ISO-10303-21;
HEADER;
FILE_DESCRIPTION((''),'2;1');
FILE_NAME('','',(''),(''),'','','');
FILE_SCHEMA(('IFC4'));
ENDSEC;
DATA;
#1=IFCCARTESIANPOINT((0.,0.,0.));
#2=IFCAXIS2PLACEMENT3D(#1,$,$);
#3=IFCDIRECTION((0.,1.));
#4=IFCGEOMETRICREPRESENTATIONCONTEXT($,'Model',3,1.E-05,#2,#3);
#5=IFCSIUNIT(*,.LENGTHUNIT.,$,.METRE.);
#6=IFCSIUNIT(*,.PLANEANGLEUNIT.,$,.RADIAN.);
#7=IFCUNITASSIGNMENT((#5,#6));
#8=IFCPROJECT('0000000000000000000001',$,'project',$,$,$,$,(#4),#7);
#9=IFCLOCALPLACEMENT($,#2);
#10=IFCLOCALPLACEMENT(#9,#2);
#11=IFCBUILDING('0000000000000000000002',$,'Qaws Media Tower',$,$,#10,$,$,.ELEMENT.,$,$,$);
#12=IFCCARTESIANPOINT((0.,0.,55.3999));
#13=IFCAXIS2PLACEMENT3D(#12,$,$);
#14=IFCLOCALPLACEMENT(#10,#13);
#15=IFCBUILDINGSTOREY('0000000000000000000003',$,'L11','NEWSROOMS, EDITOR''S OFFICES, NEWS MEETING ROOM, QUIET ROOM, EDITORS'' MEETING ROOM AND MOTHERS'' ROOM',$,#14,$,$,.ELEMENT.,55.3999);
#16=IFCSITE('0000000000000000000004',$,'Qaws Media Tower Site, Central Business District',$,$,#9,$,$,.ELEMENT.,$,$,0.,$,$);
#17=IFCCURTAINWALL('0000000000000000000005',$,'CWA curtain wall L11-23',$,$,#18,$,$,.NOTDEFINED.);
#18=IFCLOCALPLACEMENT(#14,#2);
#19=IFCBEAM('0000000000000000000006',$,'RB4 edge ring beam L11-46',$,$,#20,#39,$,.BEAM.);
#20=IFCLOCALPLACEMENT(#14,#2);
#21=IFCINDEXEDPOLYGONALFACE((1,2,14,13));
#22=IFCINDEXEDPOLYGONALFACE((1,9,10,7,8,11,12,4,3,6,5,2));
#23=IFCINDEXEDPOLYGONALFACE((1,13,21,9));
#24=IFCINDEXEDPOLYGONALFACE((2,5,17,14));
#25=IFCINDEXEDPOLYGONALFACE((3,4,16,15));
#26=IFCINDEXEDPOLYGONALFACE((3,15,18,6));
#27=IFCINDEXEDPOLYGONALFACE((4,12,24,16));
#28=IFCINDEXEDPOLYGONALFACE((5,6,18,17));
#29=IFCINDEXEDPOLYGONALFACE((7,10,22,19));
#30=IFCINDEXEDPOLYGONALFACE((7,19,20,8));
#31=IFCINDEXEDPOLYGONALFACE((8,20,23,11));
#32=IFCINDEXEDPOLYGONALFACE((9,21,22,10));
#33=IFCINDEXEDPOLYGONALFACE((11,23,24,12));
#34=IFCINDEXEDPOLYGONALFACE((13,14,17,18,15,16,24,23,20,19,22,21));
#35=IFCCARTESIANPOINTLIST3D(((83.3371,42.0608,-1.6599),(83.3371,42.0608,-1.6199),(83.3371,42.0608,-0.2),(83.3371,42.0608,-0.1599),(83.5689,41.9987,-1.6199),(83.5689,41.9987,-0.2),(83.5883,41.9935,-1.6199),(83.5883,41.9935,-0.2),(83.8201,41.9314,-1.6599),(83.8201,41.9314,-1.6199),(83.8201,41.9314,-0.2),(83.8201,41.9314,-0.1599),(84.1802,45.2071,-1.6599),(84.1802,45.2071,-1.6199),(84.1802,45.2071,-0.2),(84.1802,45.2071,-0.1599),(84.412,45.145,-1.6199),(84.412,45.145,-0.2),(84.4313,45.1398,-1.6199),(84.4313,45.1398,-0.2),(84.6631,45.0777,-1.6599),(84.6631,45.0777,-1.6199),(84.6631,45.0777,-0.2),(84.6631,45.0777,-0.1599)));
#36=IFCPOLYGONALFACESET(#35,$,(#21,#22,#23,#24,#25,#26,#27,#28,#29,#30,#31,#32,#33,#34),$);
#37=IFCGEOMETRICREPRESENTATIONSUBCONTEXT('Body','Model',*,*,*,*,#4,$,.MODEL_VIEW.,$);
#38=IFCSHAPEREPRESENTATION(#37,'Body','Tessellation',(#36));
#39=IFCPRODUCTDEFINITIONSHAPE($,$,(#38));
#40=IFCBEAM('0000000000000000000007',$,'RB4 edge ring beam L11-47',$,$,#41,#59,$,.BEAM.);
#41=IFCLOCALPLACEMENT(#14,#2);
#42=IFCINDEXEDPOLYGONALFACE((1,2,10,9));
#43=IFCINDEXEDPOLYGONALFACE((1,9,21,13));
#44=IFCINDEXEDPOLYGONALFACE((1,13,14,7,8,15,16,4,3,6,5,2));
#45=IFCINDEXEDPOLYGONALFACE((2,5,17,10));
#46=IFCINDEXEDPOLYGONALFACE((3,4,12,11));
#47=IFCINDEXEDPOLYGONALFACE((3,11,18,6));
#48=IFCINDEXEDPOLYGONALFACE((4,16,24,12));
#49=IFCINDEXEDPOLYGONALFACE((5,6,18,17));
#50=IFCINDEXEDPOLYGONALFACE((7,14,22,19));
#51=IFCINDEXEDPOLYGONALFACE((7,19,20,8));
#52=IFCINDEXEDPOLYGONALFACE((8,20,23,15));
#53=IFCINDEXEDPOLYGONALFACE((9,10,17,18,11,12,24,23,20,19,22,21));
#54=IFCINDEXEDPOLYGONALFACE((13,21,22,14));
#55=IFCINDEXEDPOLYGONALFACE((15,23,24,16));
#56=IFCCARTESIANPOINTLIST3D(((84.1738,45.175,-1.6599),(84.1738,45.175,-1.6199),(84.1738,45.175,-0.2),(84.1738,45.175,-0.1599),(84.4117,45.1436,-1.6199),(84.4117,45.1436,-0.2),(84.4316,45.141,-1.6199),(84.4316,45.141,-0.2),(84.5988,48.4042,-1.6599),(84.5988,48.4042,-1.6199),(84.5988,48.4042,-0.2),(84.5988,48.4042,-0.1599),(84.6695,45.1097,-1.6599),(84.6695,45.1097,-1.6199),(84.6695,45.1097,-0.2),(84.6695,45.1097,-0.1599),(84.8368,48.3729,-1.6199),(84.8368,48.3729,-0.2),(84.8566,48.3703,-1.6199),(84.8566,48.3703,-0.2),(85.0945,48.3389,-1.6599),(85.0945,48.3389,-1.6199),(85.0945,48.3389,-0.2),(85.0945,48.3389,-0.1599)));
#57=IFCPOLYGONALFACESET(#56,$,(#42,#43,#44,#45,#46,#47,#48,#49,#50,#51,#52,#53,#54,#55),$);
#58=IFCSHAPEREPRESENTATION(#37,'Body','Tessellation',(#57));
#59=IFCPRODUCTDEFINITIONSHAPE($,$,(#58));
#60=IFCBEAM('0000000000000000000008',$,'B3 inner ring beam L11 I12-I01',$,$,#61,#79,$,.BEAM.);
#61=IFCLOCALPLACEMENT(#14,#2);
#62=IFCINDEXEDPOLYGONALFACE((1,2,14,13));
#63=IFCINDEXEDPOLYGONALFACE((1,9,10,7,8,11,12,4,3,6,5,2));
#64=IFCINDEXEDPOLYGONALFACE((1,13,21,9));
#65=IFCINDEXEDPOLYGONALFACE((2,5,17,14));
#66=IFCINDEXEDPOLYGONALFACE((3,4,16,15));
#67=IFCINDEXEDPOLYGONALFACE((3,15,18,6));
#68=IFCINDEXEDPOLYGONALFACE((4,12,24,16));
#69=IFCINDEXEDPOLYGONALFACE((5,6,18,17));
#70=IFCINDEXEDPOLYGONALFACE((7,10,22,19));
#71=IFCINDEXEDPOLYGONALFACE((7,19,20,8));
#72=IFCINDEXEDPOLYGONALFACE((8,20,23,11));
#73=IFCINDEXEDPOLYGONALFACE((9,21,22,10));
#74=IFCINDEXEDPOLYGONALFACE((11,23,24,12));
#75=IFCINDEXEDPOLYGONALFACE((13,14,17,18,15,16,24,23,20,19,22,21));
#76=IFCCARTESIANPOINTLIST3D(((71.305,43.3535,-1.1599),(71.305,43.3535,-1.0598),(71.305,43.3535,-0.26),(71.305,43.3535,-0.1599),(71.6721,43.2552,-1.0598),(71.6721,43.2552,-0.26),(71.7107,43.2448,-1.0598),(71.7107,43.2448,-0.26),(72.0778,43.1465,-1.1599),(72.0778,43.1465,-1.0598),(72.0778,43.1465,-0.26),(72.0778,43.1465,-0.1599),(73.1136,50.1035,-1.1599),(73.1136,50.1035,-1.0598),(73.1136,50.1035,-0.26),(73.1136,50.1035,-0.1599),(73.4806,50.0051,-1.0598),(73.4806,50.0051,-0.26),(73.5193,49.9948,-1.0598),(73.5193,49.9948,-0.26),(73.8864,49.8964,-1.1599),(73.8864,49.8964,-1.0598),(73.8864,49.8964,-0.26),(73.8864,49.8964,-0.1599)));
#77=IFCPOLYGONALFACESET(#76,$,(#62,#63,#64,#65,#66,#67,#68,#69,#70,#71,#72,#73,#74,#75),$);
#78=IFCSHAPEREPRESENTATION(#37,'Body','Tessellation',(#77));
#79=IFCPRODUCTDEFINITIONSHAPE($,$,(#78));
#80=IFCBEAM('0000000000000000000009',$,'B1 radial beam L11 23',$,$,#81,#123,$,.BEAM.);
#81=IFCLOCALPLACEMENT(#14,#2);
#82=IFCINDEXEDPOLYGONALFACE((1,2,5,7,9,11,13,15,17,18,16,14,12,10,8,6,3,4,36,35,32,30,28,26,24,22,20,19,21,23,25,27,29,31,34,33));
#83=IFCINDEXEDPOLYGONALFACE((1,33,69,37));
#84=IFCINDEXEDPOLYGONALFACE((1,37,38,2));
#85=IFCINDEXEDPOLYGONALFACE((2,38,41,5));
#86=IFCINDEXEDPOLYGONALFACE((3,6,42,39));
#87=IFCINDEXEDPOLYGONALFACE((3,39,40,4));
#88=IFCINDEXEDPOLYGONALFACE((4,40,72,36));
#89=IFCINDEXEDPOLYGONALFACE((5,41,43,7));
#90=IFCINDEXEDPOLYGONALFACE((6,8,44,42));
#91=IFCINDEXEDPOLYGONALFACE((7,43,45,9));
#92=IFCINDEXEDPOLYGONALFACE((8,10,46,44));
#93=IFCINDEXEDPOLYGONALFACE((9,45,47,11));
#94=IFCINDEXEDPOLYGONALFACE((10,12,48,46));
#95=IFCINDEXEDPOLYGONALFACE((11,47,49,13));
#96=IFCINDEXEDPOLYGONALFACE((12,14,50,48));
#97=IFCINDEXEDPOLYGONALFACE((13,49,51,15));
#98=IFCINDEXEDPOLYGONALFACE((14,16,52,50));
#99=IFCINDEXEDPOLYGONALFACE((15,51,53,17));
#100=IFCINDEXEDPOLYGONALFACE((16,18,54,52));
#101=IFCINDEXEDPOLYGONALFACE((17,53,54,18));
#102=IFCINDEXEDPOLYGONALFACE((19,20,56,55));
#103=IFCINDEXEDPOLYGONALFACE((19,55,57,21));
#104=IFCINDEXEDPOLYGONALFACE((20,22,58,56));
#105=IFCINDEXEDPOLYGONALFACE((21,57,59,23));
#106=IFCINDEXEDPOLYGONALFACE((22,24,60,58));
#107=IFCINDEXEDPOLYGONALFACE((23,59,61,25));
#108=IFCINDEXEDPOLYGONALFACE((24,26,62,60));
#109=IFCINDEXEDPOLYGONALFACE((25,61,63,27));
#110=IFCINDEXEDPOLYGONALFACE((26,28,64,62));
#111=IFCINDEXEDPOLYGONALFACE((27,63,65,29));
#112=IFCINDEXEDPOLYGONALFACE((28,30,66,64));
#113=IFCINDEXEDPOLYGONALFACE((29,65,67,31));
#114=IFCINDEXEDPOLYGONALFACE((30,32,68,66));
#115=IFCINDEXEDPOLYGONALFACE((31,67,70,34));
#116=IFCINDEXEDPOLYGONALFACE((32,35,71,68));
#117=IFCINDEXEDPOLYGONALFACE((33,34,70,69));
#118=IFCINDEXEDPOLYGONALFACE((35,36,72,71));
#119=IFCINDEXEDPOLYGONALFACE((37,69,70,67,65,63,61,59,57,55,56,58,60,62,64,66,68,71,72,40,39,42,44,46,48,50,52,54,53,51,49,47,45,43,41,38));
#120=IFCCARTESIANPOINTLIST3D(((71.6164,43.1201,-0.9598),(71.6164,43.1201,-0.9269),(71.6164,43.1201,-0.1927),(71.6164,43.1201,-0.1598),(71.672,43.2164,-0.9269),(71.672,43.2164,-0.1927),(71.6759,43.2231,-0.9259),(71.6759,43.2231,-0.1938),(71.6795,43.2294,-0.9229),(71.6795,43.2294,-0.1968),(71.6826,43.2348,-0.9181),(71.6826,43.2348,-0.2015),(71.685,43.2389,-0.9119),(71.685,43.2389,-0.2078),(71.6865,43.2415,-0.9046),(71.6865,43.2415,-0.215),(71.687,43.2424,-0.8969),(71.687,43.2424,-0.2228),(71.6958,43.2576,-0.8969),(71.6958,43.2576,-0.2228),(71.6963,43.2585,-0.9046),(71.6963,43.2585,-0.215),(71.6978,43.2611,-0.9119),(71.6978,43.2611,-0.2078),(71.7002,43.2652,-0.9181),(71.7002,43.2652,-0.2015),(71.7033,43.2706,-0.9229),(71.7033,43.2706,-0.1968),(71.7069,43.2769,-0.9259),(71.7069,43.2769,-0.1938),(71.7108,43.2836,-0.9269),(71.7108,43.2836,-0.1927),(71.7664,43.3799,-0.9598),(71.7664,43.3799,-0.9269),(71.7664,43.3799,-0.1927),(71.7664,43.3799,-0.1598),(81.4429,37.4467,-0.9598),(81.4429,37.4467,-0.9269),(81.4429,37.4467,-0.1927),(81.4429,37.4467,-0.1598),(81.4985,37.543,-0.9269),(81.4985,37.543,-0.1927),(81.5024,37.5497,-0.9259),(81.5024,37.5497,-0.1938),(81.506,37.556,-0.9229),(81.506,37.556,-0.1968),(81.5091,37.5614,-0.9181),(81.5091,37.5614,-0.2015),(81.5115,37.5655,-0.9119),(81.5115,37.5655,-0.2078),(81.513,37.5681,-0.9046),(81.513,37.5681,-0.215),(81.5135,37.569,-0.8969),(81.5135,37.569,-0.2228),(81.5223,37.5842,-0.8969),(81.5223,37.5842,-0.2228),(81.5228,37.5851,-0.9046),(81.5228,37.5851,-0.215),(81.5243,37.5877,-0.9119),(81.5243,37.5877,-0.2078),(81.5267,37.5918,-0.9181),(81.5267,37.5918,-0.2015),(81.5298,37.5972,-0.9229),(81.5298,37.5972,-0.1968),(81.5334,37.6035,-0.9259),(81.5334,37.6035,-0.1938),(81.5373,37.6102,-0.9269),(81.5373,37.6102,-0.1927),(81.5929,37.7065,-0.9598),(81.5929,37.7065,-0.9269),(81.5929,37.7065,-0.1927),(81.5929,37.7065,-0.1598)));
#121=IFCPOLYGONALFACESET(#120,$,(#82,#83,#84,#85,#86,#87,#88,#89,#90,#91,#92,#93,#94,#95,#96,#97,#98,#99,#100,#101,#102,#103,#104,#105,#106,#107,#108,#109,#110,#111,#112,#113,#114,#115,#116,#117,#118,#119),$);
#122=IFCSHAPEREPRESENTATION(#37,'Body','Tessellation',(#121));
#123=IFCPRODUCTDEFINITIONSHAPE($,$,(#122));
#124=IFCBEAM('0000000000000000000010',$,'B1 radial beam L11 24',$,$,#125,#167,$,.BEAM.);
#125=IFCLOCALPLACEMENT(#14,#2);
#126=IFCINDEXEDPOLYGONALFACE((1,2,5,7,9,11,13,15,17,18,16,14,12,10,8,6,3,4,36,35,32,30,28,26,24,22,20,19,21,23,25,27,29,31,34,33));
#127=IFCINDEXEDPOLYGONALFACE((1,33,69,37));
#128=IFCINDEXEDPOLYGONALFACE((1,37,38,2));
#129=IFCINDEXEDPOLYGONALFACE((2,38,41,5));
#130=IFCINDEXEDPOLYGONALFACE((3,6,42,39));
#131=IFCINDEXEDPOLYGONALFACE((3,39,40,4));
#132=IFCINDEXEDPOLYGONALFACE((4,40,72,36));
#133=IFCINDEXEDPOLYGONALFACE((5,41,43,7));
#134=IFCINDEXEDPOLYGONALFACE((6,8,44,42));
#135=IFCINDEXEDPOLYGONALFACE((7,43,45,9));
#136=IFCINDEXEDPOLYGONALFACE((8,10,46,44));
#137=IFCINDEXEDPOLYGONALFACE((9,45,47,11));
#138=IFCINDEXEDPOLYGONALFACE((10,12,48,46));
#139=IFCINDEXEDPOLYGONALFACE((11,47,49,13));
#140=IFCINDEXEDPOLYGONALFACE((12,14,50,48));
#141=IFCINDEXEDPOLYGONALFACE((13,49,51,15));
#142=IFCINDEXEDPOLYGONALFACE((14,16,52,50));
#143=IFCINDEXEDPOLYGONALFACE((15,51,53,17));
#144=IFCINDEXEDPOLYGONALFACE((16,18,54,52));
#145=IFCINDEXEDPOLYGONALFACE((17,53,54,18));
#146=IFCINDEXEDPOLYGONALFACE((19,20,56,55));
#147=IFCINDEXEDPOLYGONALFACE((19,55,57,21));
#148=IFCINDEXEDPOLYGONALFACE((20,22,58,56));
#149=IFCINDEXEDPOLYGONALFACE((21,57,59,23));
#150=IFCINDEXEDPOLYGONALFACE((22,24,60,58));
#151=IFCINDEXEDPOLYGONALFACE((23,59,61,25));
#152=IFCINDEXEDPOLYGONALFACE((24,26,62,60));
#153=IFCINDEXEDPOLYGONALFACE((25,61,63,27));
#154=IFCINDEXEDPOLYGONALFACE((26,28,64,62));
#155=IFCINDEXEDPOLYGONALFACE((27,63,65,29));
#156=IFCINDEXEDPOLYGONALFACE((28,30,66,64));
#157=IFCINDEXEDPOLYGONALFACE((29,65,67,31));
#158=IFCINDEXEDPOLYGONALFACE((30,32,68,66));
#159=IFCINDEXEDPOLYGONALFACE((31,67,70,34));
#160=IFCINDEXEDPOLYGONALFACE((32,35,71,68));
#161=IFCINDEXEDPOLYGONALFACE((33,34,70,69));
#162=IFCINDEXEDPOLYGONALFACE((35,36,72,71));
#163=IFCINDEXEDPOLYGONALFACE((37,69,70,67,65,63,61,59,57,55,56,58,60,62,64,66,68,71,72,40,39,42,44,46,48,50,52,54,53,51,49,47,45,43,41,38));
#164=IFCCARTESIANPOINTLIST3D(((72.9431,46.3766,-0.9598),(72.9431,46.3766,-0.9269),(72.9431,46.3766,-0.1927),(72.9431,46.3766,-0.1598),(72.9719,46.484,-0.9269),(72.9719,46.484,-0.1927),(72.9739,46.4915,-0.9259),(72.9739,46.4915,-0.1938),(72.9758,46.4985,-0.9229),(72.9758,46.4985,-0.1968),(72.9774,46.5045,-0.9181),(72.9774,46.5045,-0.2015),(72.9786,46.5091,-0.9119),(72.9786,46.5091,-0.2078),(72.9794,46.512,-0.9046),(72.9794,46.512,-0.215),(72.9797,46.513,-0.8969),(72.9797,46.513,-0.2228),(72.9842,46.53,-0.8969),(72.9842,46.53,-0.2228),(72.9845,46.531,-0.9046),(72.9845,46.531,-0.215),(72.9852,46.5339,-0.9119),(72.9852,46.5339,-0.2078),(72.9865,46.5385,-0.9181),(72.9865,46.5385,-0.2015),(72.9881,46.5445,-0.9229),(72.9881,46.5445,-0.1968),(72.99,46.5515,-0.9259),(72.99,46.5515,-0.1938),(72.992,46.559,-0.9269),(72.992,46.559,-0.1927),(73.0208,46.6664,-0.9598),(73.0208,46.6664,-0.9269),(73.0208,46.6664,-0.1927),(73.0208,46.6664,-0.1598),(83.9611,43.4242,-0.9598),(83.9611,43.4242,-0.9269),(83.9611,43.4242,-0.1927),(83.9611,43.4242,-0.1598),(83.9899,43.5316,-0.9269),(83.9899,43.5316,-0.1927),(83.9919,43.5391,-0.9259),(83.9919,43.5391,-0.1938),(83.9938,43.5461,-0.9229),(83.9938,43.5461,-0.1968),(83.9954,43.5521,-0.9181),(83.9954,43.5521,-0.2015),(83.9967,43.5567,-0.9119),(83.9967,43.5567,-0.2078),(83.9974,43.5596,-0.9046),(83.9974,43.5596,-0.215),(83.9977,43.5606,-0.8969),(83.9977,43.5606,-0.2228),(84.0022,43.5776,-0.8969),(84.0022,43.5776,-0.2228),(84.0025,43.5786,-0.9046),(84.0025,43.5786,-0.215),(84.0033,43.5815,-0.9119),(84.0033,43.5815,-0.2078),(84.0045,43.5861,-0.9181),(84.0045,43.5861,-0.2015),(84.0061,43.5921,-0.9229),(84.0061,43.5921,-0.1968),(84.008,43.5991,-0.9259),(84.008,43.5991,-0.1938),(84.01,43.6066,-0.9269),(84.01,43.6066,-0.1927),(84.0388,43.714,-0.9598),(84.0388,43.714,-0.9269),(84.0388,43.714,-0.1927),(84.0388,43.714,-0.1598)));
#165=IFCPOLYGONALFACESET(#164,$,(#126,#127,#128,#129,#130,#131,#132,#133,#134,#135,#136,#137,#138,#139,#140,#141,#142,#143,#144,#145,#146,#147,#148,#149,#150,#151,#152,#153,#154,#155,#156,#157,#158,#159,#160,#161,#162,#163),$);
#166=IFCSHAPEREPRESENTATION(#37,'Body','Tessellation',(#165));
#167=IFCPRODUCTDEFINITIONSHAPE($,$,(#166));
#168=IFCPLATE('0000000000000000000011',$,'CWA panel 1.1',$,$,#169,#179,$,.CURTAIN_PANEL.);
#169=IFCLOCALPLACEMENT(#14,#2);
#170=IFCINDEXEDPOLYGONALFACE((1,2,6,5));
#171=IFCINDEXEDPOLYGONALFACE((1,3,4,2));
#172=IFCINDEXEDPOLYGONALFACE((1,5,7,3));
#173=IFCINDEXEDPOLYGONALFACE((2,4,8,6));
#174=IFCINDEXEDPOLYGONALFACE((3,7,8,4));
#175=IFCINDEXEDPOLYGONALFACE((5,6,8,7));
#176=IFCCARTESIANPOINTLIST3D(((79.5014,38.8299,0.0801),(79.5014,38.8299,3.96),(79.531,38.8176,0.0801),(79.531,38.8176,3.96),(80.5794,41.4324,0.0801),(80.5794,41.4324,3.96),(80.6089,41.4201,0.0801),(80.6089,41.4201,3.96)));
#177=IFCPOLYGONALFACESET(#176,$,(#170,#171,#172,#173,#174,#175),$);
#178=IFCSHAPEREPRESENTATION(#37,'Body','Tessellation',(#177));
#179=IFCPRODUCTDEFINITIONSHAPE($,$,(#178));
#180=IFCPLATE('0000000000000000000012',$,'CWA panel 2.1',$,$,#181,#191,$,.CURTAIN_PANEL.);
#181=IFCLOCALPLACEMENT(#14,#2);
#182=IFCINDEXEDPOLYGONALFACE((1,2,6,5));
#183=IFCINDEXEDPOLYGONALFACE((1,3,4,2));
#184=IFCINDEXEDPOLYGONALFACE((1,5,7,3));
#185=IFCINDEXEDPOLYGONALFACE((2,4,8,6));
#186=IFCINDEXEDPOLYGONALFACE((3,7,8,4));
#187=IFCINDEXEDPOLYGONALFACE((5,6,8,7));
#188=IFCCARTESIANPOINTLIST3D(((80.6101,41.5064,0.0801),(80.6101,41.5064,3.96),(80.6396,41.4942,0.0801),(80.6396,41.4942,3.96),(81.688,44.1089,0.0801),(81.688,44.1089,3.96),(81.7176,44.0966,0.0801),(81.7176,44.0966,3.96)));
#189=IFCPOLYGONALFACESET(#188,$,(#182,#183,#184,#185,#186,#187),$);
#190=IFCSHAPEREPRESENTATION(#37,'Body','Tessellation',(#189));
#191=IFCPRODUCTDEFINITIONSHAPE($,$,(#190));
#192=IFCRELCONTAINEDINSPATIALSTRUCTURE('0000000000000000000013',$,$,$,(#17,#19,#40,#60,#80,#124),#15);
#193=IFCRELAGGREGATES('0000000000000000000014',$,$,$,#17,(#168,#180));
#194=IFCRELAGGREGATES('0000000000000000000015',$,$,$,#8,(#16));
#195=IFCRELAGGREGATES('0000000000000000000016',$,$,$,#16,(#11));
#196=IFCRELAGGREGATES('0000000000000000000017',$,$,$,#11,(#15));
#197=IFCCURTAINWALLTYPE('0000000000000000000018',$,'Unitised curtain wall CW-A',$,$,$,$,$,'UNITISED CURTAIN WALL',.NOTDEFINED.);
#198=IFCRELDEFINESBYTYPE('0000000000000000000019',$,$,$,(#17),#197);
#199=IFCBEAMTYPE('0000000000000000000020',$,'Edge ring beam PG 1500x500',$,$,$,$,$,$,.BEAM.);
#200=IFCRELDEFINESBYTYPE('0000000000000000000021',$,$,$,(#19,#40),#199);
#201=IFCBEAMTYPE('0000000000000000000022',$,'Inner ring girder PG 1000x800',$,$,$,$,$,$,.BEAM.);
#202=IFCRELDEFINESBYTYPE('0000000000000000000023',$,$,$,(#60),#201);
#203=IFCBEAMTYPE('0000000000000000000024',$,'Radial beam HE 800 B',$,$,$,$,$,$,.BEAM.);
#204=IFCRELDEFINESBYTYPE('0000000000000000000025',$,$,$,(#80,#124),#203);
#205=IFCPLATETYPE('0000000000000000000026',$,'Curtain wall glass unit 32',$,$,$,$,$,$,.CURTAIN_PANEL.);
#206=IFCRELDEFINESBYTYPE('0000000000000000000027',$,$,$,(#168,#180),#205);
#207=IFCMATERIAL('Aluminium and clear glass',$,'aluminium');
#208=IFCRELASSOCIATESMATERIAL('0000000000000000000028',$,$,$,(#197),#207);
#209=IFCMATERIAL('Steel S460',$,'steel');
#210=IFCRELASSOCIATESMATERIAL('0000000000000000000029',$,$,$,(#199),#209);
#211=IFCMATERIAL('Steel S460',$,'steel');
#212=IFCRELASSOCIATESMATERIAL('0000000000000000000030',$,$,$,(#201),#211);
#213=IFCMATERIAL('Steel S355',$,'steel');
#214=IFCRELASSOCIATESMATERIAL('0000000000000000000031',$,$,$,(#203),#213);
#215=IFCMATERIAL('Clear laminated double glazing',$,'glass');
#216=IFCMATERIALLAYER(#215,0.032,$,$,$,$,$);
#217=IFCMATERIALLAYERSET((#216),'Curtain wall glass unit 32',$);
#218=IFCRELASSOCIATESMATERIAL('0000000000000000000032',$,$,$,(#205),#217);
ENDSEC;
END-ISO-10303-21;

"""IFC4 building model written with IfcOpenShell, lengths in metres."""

from ifc_helpers import new_model, si_unit, direction, frame, origin, origin_2d, place, context, subcontext, project, spatial, rectangle, i_section, extrude, material, layer, layer_set, material_profile, profile_set, type_object, element, aggregate, save


model = new_model("IFC4")

# Units and contexts
model_context = context("Model", 3, precision=1e-05, world=origin(), true_north=direction((0.0, 1.0)))
body_context = subcontext(model_context, "Body", "Model", "MODEL_VIEW")
ifc_project = project(units=[si_unit("LENGTHUNIT", "METRE"), si_unit("PLANEANGLEUNIT", "RADIAN")], contexts=[model_context])

# Site, building, storey
site_placement = place(None, origin())
site = spatial("IfcSite", under=ifc_project, at=site_placement, Name="Qaws Media Tower Site, Central Business District", CompositionType="ELEMENT", RefElevation=0.0)
building_placement = place(site_placement, origin())
building = spatial("IfcBuilding", under=site, at=building_placement, Name="Qaws Media Tower", CompositionType="ELEMENT")
storey_placement = place(building_placement, frame((0.0, 0.0, 55.3999)))
storey = spatial("IfcBuildingStorey", under=building, at=storey_placement, Name="L11", Description="NEWSROOMS, EDITOR'S OFFICES, NEWS MEETING ROOM, QUIET ROOM, EDITORS' MEETING ROOM AND MOTHERS' ROOM", CompositionType="ELEMENT", Elevation=55.3999)

# Curtain wall
ifc_material_1 = material(Name="Aluminium and clear glass", Category="aluminium")
curtain_wall_type = type_object("IfcCurtainWallType", Name="Unitised curtain wall CW-A", ElementType="UNITISED CURTAIN WALL", PredefinedType="NOTDEFINED", material=ifc_material_1)
curtain_wall_1_placement = place(storey_placement, origin())
curtain_wall_1 = element("IfcCurtainWall", 1, at=curtain_wall_1_placement, inside=storey, type_object=curtain_wall_type, Name="CWA curtain wall L11-23", PredefinedType="NOTDEFINED")

# Beams
ifc_material_2 = material(Name="Steel S460", Category="steel")
ifc_material_profile_1 = material_profile(ifc_material_2, i_section(OverallWidth=0.5, OverallDepth=1.5, WebThickness=0.02, FlangeThickness=0.04, at=origin_2d()), Name="PG 1500x500")
ifc_profile_set_1 = profile_set([ifc_material_profile_1], Name="Steel S460")
beam_type_1 = type_object("IfcBeamType", Name="Edge ring beam PG 1500x500", PredefinedType="BEAM", material=ifc_profile_set_1)
beam_1_placement = place(storey_placement, frame((83.5786, 41.9961, -0.9099), z_axis=(0.258815, 0.965927, 0.0), x_axis=(-0.965927, 0.258815, 0.0)))
element("IfcBeam", 2, at=beam_1_placement, inside=storey, type_object=beam_type_1, Name="RB4 edge ring beam L11-46", PredefinedType="BEAM", context=body_context, shape_type="SweptSolid", body=[
    extrude(i_section(OverallWidth=0.5, OverallDepth=1.5, WebThickness=0.02, FlangeThickness=0.04, at=origin_2d()), origin(), (0.0, 0.0, 1.0), 3.2573),
])
beam_2_placement = place(storey_placement, frame((84.4216, 45.1423, -0.9099), z_axis=(0.130499, 0.991448, 0.0), x_axis=(-0.991448, 0.130499, 0.0)))
element("IfcBeam", 3, at=beam_2_placement, inside=storey, type_object=beam_type_1, Name="RB4 edge ring beam L11-47", PredefinedType="BEAM", context=body_context, shape_type="SweptSolid", body=[
    extrude(i_section(OverallWidth=0.5, OverallDepth=1.5, WebThickness=0.02, FlangeThickness=0.04, at=origin_2d()), origin(), (0.0, 0.0, 1.0), 3.2571),
])
ifc_material_3 = material(Name="Steel S460", Category="steel")
ifc_material_profile_2 = material_profile(ifc_material_3, i_section(OverallWidth=0.8, OverallDepth=1.0, WebThickness=0.04, FlangeThickness=0.1001, at=origin_2d()), Name="PG 1000x800")
ifc_profile_set_2 = profile_set([ifc_material_profile_2], Name="Steel S460")
beam_type_2 = type_object("IfcBeamType", Name="Inner ring girder PG 1000x800", PredefinedType="BEAM", material=ifc_profile_set_2)
beam_3_placement = place(storey_placement, frame((71.6914, 43.25, -0.6599), z_axis=(0.258811, 0.965928, 0.0), x_axis=(-0.965928, 0.258811, 0.0)))
element("IfcBeam", 4, at=beam_3_placement, inside=storey, type_object=beam_type_2, Name="B3 inner ring beam L11 I12-I01", PredefinedType="BEAM", context=body_context, shape_type="SweptSolid", body=[
    extrude(i_section(OverallWidth=0.8, OverallDepth=1.0, WebThickness=0.04, FlangeThickness=0.1001, at=origin_2d()), origin(), (0.0, 0.0, 1.0), 6.988),
])
ifc_material_4 = material(Name="Steel S355", Category="steel")
ifc_material_profile_3 = material_profile(ifc_material_4, i_section(OverallWidth=0.3, OverallDepth=0.8, WebThickness=0.0176, FlangeThickness=0.033, FilletRadius=0.03, at=origin_2d()), Name="HE 800 B")
ifc_profile_set_3 = profile_set([ifc_material_profile_3], Name="Steel S355")
beam_type_3 = type_object("IfcBeamType", Name="Radial beam HE 800 B", PredefinedType="BEAM", material=ifc_profile_set_3)
beam_4_placement = place(storey_placement, frame((71.6914, 43.25, -0.5598), z_axis=(0.866023, -0.500004, 0.0), x_axis=(0.500004, 0.866023, 0.0)))
element("IfcBeam", 5, at=beam_4_placement, inside=storey, type_object=beam_type_3, Name="B1 radial beam L11 23", PredefinedType="BEAM", context=body_context, shape_type="SweptSolid", body=[
    extrude(i_section(OverallWidth=0.3, OverallDepth=0.8, WebThickness=0.0176, FlangeThickness=0.033, FilletRadius=0.03, at=origin_2d()), origin(), (0.0, 0.0, 1.0), 11.3467),
])
beam_5_placement = place(storey_placement, frame((72.9819, 46.5215, -0.5598), z_axis=(0.965923, -0.258828, 0.0), x_axis=(0.258828, 0.965923, 0.0)))
element("IfcBeam", 6, at=beam_5_placement, inside=storey, type_object=beam_type_3, Name="B1 radial beam L11 24", PredefinedType="BEAM", context=body_context, shape_type="SweptSolid", body=[
    extrude(i_section(OverallWidth=0.3, OverallDepth=0.8, WebThickness=0.0176, FlangeThickness=0.033, FilletRadius=0.03, at=origin_2d()), origin(), (0.0, 0.0, 1.0), 11.4067),
])

# Plates
ifc_material_5 = material(Name="Clear laminated double glazing", Category="glass")
ifc_layer_1 = layer(ifc_material_5, 0.032)
ifc_layer_set_1 = layer_set([ifc_layer_1], Name="Curtain wall glass unit 32")
plate_type_1 = type_object("IfcPlateType", Name="Curtain wall glass unit 32", PredefinedType="CURTAIN_PANEL", material=ifc_layer_set_1)
plate_1_placement = place(storey_placement, frame((80.0552, 40.125, 0.0801), z_axis=(0.0, 0.0, 1.0), x_axis=(0.382683, 0.92388, 0.0)))
plate_1 = element("IfcPlate", 7, at=plate_1_placement, type_object=plate_type_1, Name="CWA panel 1.1", PredefinedType="CURTAIN_PANEL", context=body_context, shape_type="SweptSolid", body=[
    extrude(rectangle(XDim=2.8169, YDim=0.032, at=origin_2d()), origin(), (0.0, 0.0, 1.0), 3.8799),
])
plate_2_placement = place(storey_placement, frame((81.1638, 42.8015, 0.0801), z_axis=(0.0, 0.0, 1.0), x_axis=(0.382683, 0.92388, 0.0)))
plate_2 = element("IfcPlate", 8, at=plate_2_placement, type_object=plate_type_1, Name="CWA panel 2.1", PredefinedType="CURTAIN_PANEL", context=body_context, shape_type="SweptSolid", body=[
    extrude(rectangle(XDim=2.8169, YDim=0.032, at=origin_2d()), origin(), (0.0, 0.0, 1.0), 3.8799),
])
aggregate(curtain_wall_1, [plate_1, plate_2])

save(model, "model.ifc")
